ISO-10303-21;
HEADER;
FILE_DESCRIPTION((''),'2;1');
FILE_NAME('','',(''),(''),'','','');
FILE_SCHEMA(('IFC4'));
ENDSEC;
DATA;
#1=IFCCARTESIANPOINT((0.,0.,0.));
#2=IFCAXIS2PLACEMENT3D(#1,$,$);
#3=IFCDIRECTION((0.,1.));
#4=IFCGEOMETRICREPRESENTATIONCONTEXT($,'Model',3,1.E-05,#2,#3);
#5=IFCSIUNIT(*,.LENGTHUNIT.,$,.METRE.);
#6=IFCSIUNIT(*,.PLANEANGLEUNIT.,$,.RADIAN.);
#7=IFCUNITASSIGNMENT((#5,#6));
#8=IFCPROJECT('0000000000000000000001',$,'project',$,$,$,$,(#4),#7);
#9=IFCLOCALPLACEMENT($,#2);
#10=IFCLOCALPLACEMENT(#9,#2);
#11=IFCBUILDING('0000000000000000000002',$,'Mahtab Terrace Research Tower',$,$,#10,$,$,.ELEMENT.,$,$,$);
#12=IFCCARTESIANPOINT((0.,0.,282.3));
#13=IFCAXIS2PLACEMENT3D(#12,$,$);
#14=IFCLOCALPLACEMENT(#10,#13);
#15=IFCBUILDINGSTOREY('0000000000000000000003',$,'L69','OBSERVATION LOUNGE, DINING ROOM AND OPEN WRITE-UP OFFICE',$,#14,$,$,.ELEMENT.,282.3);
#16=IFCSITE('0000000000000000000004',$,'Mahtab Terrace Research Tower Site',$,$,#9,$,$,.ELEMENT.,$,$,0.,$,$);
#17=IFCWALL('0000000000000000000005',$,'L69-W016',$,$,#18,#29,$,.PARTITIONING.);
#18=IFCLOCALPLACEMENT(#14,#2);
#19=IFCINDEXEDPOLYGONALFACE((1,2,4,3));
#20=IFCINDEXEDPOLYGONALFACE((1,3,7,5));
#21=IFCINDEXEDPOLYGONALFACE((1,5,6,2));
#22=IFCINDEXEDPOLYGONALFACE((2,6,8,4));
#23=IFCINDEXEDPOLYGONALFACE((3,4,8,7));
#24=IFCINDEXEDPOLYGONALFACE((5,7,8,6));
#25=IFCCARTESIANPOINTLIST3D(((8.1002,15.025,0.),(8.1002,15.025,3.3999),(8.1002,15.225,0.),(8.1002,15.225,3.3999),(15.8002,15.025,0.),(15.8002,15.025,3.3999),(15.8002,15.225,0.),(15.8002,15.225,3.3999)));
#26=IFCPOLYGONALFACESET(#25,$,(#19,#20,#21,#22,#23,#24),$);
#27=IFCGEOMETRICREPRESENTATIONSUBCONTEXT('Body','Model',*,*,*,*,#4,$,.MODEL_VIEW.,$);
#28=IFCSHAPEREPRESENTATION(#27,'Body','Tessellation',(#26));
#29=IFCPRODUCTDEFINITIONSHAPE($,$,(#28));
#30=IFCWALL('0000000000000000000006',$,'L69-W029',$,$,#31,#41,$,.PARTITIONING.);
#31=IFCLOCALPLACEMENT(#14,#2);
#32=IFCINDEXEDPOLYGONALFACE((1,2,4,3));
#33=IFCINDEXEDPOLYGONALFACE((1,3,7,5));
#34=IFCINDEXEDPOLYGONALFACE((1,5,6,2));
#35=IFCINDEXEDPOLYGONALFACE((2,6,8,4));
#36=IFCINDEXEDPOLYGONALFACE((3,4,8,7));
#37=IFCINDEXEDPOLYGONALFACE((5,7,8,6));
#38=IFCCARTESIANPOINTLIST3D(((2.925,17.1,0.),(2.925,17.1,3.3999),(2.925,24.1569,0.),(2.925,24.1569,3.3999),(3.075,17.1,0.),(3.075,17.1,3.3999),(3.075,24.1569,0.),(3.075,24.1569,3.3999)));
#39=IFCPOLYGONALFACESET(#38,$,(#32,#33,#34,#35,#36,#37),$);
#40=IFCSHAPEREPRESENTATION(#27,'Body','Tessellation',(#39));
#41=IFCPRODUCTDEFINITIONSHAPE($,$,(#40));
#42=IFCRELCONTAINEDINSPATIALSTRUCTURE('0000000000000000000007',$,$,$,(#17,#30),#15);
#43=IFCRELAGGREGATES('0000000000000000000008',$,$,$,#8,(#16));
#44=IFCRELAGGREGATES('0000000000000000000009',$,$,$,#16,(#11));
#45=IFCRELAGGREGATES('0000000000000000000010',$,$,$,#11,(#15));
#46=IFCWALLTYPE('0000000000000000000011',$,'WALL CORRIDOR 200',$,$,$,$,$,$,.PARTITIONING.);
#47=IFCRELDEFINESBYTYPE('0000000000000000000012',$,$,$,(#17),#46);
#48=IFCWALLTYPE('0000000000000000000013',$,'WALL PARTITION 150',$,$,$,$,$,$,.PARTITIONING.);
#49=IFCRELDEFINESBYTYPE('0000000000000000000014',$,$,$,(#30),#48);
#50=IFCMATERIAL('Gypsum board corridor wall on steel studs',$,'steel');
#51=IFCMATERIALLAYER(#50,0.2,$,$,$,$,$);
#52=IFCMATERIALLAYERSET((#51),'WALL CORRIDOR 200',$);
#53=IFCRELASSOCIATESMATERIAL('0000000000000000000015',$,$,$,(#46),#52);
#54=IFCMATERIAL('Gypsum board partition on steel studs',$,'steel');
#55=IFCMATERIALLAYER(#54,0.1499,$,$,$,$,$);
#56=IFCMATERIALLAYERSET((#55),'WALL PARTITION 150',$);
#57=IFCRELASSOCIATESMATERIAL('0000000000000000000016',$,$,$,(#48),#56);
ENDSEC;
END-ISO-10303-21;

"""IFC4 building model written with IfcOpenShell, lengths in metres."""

from ifc_helpers import new_model, si_unit, direction, frame, frame_2d, origin, place, context, subcontext, project, spatial, rectangle, extrude, material, layer, layer_set, type_object, element, save


model = new_model("IFC4")

# Units and contexts
model_context = context("Model", 3, precision=1e-05, world=origin(), true_north=direction((0.0, 1.0)))
body_context = subcontext(model_context, "Body", "Model", "MODEL_VIEW")
ifc_project = project(units=[si_unit("LENGTHUNIT", "METRE"), si_unit("PLANEANGLEUNIT", "RADIAN")], contexts=[model_context])

# Site, building, storey
site_placement = place(None, origin())
site = spatial("IfcSite", under=ifc_project, at=site_placement, Name="Mahtab Terrace Research Tower Site", CompositionType="ELEMENT", RefElevation=0.0)
building_placement = place(site_placement, origin())
building = spatial("IfcBuilding", under=site, at=building_placement, Name="Mahtab Terrace Research Tower", CompositionType="ELEMENT")
storey_placement = place(building_placement, frame((0.0, 0.0, 282.3)))
storey = spatial("IfcBuildingStorey", under=building, at=storey_placement, Name="L69", Description="OBSERVATION LOUNGE, DINING ROOM AND OPEN WRITE-UP OFFICE", CompositionType="ELEMENT", Elevation=282.3)

# Walls
ifc_material_1 = material(Name="Gypsum board corridor wall on steel studs", Category="steel")
ifc_layer_1 = layer(ifc_material_1, 0.2)
ifc_layer_set_1 = layer_set([ifc_layer_1], Name="WALL CORRIDOR 200")
wall_type_1 = type_object("IfcWallType", Name="WALL CORRIDOR 200", PredefinedType="PARTITIONING", material=ifc_layer_set_1)
wall_1_placement = place(storey_placement, frame((8.1001, 15.125, 0.0), z_axis=(0.0, 0.0, 1.0), x_axis=(1.0, 0.0, 0.0)))
element("IfcWall", 1, at=wall_1_placement, inside=storey, type_object=wall_type_1, Name="L69-W016", PredefinedType="PARTITIONING", context=body_context, shape_type="SweptSolid", body=[
    extrude(rectangle(XDim=7.7, YDim=0.2, at=frame_2d((3.8501, 0.0))), origin(), (0.0, 0.0, 1.0), 3.3999),
])
ifc_material_2 = material(Name="Gypsum board partition on steel studs", Category="steel")
ifc_layer_2 = layer(ifc_material_2, 0.1499)
ifc_layer_set_2 = layer_set([ifc_layer_2], Name="WALL PARTITION 150")
wall_type_2 = type_object("IfcWallType", Name="WALL PARTITION 150", PredefinedType="PARTITIONING", material=ifc_layer_set_2)
wall_2_placement = place(storey_placement, frame((3.0, 17.1001, 0.0), z_axis=(0.0, 0.0, 1.0), x_axis=(0.0, 1.0, 0.0)))
element("IfcWall", 2, at=wall_2_placement, inside=storey, type_object=wall_type_2, Name="L69-W029", PredefinedType="PARTITIONING", context=body_context, shape_type="SweptSolid", body=[
    extrude(rectangle(XDim=7.0569, YDim=0.1499, at=frame_2d((3.5283, 0.0))), origin(), (0.0, 0.0, 1.0), 3.3999),
])

save(model, "model.ifc")
